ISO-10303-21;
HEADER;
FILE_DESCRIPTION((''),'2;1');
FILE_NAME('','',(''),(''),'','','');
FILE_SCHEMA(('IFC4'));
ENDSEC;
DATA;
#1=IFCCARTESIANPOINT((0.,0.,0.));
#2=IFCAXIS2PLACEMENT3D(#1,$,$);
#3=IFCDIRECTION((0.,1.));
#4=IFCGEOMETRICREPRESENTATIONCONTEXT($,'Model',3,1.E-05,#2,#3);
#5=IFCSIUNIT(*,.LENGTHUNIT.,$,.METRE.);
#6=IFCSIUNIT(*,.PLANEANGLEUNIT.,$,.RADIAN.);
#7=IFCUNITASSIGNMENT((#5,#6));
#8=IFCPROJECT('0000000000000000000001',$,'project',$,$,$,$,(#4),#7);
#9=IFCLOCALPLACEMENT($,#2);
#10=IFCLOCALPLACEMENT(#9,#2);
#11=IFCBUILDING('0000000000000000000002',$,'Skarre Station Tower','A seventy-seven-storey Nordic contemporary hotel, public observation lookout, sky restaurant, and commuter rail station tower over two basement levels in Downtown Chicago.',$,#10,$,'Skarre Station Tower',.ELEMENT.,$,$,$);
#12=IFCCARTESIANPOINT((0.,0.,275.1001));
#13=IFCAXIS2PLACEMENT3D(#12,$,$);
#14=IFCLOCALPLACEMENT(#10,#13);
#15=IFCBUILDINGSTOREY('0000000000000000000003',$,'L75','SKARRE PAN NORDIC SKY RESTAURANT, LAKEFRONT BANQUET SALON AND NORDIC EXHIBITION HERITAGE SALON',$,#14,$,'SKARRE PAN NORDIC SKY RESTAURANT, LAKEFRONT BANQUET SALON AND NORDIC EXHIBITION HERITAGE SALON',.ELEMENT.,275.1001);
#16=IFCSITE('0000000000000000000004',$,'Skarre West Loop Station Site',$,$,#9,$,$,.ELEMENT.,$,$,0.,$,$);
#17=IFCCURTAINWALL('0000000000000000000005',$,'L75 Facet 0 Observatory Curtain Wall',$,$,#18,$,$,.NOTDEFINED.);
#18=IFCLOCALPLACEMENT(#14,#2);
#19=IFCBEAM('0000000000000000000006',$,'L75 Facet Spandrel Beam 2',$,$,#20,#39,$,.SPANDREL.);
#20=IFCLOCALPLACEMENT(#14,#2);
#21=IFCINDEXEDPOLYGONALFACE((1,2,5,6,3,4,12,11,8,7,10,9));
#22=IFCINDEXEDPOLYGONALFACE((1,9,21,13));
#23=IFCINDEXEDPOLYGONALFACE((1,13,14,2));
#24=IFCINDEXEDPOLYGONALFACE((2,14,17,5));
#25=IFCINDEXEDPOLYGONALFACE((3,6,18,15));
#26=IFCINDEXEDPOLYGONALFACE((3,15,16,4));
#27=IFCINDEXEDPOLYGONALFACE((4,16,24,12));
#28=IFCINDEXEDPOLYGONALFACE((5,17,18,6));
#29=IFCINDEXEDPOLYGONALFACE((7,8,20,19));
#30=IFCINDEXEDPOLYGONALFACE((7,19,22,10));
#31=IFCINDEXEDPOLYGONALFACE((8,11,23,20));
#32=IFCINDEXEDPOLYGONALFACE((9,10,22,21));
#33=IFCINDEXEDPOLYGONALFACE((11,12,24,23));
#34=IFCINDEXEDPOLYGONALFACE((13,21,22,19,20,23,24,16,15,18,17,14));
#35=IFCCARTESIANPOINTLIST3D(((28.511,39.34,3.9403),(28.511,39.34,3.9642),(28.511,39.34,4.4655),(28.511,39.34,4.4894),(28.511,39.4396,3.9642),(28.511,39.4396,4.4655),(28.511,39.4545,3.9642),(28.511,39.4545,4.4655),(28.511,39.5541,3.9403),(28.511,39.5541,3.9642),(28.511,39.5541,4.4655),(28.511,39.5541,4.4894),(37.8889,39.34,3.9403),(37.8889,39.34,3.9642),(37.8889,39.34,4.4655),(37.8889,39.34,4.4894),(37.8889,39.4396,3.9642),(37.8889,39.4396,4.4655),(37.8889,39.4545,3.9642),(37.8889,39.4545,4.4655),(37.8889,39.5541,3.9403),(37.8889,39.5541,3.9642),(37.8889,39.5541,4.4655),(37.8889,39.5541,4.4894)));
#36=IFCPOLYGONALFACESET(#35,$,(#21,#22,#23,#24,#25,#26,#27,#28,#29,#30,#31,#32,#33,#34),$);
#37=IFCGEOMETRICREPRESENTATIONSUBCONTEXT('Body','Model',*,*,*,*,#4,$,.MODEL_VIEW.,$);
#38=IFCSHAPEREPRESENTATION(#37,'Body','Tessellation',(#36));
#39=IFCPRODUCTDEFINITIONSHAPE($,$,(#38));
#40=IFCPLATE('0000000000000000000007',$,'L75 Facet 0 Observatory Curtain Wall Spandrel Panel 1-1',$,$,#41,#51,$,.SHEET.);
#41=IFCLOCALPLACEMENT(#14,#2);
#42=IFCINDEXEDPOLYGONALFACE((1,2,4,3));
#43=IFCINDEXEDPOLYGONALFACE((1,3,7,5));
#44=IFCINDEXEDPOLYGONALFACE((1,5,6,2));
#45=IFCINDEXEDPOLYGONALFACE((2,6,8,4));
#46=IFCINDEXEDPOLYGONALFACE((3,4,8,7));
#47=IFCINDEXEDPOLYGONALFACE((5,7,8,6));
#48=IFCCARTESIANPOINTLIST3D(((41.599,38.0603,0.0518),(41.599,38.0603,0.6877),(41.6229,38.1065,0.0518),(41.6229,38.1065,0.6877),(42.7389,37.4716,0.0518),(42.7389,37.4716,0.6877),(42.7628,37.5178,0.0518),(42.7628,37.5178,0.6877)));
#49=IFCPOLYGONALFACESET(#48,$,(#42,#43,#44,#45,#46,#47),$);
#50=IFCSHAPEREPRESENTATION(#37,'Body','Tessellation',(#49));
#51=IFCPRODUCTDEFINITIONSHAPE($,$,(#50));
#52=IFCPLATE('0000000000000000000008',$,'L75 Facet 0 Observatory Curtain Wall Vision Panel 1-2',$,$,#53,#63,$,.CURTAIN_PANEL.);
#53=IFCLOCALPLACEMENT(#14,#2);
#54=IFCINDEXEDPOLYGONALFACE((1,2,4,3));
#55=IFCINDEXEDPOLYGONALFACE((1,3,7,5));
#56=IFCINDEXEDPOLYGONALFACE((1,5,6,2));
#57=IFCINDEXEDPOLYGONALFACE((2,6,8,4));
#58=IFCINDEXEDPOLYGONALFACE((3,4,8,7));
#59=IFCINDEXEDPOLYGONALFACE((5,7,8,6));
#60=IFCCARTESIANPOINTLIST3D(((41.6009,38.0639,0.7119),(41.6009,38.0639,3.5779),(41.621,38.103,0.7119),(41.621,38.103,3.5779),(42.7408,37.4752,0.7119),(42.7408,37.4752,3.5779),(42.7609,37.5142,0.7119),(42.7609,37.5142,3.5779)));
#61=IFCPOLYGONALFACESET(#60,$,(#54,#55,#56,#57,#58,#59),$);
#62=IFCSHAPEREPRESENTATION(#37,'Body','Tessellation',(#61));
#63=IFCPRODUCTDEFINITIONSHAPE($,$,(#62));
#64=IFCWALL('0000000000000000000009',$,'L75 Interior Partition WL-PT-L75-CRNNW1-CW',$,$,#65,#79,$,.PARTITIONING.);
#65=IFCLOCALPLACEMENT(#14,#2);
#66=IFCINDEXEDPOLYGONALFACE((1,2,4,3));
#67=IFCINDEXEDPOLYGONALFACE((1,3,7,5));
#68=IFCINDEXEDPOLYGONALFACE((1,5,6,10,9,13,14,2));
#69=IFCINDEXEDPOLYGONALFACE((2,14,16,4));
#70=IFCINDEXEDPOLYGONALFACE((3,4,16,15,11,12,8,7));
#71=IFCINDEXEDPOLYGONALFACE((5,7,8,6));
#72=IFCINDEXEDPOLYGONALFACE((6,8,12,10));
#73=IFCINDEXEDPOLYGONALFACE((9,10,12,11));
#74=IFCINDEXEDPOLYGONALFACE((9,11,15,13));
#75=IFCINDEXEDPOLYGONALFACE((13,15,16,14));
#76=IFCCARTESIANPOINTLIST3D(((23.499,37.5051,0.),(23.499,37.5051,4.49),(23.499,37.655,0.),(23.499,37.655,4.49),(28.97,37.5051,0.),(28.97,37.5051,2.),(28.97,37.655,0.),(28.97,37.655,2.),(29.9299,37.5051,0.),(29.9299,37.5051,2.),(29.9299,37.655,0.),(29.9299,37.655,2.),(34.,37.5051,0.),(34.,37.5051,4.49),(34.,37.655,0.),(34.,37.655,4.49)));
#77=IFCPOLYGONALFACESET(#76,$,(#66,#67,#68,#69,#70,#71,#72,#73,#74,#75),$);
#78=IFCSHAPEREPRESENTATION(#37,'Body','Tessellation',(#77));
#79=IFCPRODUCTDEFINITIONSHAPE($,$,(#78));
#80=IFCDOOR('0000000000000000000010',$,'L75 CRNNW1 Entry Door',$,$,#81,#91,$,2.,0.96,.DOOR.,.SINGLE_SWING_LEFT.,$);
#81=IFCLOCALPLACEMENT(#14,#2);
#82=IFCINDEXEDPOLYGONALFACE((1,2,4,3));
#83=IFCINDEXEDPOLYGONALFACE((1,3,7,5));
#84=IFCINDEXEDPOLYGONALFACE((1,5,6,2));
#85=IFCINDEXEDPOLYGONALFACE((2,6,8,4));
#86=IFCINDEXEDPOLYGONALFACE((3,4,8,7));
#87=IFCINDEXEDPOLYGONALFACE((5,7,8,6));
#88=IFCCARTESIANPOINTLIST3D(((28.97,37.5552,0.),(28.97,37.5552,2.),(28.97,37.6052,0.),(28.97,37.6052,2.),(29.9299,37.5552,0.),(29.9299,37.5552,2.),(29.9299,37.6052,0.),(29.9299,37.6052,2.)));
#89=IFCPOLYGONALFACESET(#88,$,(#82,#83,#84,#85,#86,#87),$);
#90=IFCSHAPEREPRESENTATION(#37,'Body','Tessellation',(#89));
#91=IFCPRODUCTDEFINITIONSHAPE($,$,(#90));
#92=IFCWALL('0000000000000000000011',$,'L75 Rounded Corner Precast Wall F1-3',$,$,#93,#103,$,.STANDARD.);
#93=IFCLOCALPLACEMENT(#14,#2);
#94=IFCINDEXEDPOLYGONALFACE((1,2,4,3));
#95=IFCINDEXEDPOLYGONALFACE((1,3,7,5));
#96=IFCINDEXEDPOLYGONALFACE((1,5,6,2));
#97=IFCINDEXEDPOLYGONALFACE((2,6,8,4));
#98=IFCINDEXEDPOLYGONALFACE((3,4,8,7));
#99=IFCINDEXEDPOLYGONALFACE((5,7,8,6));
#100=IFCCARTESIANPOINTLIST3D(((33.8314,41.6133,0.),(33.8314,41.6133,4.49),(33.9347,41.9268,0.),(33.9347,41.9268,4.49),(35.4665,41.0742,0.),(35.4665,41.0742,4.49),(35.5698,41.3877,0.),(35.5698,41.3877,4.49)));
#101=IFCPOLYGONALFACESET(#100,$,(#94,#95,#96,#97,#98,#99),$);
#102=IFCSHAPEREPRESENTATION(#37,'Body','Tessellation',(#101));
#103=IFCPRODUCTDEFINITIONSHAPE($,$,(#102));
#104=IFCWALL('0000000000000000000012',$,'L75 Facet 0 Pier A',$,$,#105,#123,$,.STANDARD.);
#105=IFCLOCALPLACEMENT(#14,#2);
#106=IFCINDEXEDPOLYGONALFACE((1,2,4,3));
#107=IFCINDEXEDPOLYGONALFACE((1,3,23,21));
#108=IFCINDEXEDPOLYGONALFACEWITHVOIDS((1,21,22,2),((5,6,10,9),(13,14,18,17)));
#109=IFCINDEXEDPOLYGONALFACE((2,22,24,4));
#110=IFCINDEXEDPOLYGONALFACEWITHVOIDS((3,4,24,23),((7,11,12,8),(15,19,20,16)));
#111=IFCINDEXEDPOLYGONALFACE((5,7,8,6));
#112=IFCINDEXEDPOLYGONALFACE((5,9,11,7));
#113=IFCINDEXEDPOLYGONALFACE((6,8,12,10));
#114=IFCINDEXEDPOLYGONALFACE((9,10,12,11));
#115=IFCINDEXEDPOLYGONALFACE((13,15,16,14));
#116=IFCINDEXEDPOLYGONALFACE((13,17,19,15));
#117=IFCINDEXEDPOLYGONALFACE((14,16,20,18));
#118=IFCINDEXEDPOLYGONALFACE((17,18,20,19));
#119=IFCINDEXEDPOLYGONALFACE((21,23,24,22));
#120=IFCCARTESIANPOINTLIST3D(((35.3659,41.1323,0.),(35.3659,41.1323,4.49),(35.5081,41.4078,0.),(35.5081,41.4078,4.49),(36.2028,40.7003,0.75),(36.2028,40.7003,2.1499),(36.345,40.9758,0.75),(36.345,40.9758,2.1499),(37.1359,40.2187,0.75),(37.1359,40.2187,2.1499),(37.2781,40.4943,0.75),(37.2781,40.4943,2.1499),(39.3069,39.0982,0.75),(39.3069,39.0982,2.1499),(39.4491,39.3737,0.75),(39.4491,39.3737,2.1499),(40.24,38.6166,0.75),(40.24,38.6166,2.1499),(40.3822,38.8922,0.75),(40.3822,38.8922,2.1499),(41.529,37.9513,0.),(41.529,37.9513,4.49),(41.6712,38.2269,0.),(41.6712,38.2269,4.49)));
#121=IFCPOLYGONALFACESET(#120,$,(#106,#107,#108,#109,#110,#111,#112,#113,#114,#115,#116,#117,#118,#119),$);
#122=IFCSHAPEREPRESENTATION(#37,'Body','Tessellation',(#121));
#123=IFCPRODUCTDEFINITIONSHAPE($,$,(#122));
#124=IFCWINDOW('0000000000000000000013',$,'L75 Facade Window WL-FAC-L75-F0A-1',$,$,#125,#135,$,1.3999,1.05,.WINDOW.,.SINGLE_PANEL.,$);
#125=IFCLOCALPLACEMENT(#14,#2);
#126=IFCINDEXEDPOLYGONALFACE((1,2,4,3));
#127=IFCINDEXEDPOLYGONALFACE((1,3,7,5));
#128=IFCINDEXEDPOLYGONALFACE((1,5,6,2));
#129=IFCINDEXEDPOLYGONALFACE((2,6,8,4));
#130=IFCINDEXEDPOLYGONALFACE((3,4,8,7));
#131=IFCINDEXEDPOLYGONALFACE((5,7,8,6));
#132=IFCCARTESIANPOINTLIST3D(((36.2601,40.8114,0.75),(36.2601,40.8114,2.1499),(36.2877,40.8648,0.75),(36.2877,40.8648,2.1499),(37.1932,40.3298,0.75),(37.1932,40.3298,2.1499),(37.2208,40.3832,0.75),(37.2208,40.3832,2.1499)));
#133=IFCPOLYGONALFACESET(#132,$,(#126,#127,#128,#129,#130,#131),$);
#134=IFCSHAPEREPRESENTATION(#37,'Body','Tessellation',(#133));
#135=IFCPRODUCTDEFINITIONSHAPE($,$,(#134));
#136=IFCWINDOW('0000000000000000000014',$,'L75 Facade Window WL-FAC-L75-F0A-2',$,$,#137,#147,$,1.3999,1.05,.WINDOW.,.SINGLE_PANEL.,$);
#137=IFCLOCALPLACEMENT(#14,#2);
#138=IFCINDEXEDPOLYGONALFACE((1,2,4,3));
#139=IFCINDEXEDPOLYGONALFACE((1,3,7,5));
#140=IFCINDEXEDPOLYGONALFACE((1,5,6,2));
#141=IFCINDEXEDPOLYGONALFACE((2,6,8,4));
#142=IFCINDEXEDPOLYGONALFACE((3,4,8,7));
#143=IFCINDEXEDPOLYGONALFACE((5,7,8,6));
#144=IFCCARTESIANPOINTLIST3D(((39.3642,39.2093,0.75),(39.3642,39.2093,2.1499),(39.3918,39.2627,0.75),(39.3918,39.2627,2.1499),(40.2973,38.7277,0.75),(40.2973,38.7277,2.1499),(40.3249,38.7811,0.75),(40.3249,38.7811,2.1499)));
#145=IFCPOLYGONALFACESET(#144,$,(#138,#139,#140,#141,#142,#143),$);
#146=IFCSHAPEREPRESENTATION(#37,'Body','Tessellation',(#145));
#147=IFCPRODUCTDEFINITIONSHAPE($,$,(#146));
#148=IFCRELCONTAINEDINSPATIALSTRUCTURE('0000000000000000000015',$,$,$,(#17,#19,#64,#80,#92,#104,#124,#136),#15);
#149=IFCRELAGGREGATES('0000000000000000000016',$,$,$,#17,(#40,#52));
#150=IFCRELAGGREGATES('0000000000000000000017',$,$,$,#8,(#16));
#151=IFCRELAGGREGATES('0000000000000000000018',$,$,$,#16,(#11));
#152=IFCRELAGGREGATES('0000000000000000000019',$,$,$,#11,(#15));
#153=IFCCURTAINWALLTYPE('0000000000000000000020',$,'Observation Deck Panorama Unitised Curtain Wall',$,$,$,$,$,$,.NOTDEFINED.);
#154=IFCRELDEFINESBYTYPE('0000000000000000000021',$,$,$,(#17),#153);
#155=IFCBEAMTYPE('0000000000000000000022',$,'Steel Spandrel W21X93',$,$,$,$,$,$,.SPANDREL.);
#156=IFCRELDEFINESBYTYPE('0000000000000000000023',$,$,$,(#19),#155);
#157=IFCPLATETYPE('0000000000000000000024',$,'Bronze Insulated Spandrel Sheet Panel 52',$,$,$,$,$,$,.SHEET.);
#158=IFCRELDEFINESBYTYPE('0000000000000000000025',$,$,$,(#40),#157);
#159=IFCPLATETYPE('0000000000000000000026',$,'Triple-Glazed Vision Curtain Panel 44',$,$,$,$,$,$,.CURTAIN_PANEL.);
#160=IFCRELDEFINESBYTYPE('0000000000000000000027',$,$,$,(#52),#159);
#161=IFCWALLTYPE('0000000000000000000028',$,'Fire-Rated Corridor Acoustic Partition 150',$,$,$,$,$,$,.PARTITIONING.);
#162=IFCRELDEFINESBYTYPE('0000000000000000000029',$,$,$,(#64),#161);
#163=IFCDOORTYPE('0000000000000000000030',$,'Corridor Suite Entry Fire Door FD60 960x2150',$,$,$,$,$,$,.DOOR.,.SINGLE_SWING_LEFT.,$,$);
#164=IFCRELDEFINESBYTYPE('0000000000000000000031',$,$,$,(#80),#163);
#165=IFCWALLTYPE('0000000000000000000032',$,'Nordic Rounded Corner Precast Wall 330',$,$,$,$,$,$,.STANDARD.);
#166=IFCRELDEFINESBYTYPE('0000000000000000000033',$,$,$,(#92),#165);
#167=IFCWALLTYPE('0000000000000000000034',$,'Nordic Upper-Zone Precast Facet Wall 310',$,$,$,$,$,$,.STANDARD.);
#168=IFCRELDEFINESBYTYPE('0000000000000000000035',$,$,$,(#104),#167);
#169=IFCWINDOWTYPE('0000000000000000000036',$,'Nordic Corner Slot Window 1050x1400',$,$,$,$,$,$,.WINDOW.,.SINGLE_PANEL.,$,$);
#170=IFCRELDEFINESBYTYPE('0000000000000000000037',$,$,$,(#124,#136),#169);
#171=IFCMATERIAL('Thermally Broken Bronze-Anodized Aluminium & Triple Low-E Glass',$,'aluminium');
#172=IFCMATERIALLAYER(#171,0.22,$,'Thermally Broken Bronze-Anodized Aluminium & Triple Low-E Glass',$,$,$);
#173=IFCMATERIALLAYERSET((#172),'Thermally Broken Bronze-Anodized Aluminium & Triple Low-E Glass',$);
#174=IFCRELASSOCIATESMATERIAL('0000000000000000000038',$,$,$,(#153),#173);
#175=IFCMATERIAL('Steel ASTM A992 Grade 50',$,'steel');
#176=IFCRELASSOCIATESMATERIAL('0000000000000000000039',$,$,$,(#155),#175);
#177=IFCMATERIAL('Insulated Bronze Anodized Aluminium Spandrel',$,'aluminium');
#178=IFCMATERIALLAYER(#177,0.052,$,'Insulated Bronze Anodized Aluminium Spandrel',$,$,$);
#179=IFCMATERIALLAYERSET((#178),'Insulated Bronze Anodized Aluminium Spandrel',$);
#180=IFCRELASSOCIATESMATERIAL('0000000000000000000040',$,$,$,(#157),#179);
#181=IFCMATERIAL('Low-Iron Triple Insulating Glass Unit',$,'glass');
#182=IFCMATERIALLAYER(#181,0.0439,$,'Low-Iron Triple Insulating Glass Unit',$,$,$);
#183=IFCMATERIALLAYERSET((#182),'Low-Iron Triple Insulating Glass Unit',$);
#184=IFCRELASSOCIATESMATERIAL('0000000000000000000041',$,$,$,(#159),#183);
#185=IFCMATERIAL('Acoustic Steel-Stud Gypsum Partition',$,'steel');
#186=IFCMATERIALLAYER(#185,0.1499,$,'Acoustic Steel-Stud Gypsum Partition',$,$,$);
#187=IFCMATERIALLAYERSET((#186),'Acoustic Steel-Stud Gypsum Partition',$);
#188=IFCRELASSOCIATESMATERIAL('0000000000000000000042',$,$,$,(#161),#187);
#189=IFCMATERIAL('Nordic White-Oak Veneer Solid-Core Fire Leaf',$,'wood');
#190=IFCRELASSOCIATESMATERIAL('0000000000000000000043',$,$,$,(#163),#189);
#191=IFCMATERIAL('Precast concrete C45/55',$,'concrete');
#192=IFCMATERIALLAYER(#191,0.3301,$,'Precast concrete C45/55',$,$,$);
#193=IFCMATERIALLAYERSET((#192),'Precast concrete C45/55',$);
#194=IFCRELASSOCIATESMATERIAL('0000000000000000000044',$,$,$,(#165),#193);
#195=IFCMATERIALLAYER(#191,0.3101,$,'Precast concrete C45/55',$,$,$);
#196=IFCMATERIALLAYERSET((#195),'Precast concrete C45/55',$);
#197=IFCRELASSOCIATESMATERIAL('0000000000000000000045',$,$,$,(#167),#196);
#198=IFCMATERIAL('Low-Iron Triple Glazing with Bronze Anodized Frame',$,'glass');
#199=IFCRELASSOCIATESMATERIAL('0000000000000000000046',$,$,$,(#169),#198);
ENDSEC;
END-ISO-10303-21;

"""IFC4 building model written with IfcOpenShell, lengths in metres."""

from ifc_helpers import new_model, si_unit, direction, frame, frame_2d, origin, origin_2d, place, context, subcontext, project, spatial, rectangle, i_section, extrude, material, layer, layer_set, material_profile, profile_set, type_object, element, fill, aggregate, save


model = new_model("IFC4")

# Units and contexts
model_context = context("Model", 3, precision=1e-05, world=origin(), true_north=direction((0.0, 1.0)))
body_context = subcontext(model_context, "Body", "Model", "MODEL_VIEW")
ifc_project = project(units=[si_unit("LENGTHUNIT", "METRE"), si_unit("PLANEANGLEUNIT", "RADIAN")], contexts=[model_context])

# Site, building, storey
site_placement = place(None, origin())
site = spatial("IfcSite", under=ifc_project, at=site_placement, Name="Skarre West Loop Station Site", CompositionType="ELEMENT", RefElevation=0.0)
building_placement = place(site_placement, origin())
building = spatial("IfcBuilding", under=site, at=building_placement, Name="Skarre Station Tower", Description="A seventy-seven-storey Nordic contemporary hotel, public observation lookout, sky restaurant, and commuter rail station tower over two basement levels in Downtown Chicago.", LongName="Skarre Station Tower", CompositionType="ELEMENT")
storey_placement = place(building_placement, frame((0.0, 0.0, 275.1001)))
storey = spatial("IfcBuildingStorey", under=building, at=storey_placement, Name="L75", Description="SKARRE PAN NORDIC SKY RESTAURANT, LAKEFRONT BANQUET SALON AND NORDIC EXHIBITION HERITAGE SALON", LongName="SKARRE PAN NORDIC SKY RESTAURANT, LAKEFRONT BANQUET SALON AND NORDIC EXHIBITION HERITAGE SALON", CompositionType="ELEMENT", Elevation=275.1001)

# Curtain wall
ifc_material_1 = material(Name="Thermally Broken Bronze-Anodized Aluminium & Triple Low-E Glass", Category="aluminium")
ifc_layer_1 = layer(ifc_material_1, 0.22, Name="Thermally Broken Bronze-Anodized Aluminium & Triple Low-E Glass")
ifc_layer_set_1 = layer_set([ifc_layer_1], Name="Thermally Broken Bronze-Anodized Aluminium & Triple Low-E Glass")
curtain_wall_type = type_object("IfcCurtainWallType", Name="Observation Deck Panorama Unitised Curtain Wall", PredefinedType="NOTDEFINED", material=ifc_layer_set_1)
curtain_wall_placement = place(storey_placement, origin())
curtain_wall = element("IfcCurtainWall", 1, at=curtain_wall_placement, inside=storey, type_object=curtain_wall_type, Name="L75 Facet 0 Observatory Curtain Wall", PredefinedType="NOTDEFINED")

# Beam
ifc_material_2 = material(Name="Steel ASTM A992 Grade 50", Category="steel")
ifc_material_profile_1 = material_profile(ifc_material_2, i_section(OverallWidth=0.2141, OverallDepth=0.5491, WebThickness=0.0149, FlangeThickness=0.0239, at=origin_2d()), Name="Steel ASTM A992 Grade 50")
ifc_profile_set_1 = profile_set([ifc_material_profile_1], Name="Steel ASTM A992 Grade 50")
beam_type_1 = type_object("IfcBeamType", Name="Steel Spandrel W21X93", PredefinedType="SPANDREL", material=ifc_profile_set_1)
beam_1_placement = place(storey_placement, frame((37.8889, 39.447, 4.2148), z_axis=(-1.0, 0.0, 0.0), x_axis=(0.0, -1.0, 0.0)))
element("IfcBeam", 2, at=beam_1_placement, inside=storey, type_object=beam_type_1, Name="L75 Facet Spandrel Beam 2", PredefinedType="SPANDREL", context=body_context, shape_type="SweptSolid", body=[
    extrude(i_section(OverallWidth=0.2141, OverallDepth=0.5491, WebThickness=0.0149, FlangeThickness=0.0239, at=origin_2d()), origin(), (0.0, 0.0, 1.0), 9.3779),
])

# Plates
ifc_material_3 = material(Name="Insulated Bronze Anodized Aluminium Spandrel", Category="aluminium")
ifc_layer_2 = layer(ifc_material_3, 0.052, Name="Insulated Bronze Anodized Aluminium Spandrel")
ifc_layer_set_2 = layer_set([ifc_layer_2], Name="Insulated Bronze Anodized Aluminium Spandrel")
plate_type_1 = type_object("IfcPlateType", Name="Bronze Insulated Spandrel Sheet Panel 52", PredefinedType="SHEET", material=ifc_layer_set_2)
plate_1_placement = place(storey_placement, frame((42.1809, 37.7891, 0.0518), z_axis=(0.0, 0.0, 1.0), x_axis=(0.888481, -0.458913, 0.0)))
plate_1 = element("IfcPlate", 3, at=plate_1_placement, type_object=plate_type_1, Name="L75 Facet 0 Observatory Curtain Wall Spandrel Panel 1-1", PredefinedType="SHEET", context=body_context, shape_type="SweptSolid", body=[
    extrude(rectangle(XDim=1.283, YDim=0.052, at=origin_2d()), origin(), (0.0, 0.0, 1.0), 0.636),
])
ifc_material_4 = material(Name="Low-Iron Triple Insulating Glass Unit", Category="glass")
ifc_layer_3 = layer(ifc_material_4, 0.0439, Name="Low-Iron Triple Insulating Glass Unit")
ifc_layer_set_3 = layer_set([ifc_layer_3], Name="Low-Iron Triple Insulating Glass Unit")
plate_type_2 = type_object("IfcPlateType", Name="Triple-Glazed Vision Curtain Panel 44", PredefinedType="CURTAIN_PANEL", material=ifc_layer_set_3)
plate_2_placement = place(storey_placement, frame((42.1809, 37.7891, 0.7119), z_axis=(0.0, 0.0, 1.0), x_axis=(0.888481, -0.458913, 0.0)))
plate_2 = element("IfcPlate", 4, at=plate_2_placement, type_object=plate_type_2, Name="L75 Facet 0 Observatory Curtain Wall Vision Panel 1-2", PredefinedType="CURTAIN_PANEL", context=body_context, shape_type="SweptSolid", body=[
    extrude(rectangle(XDim=1.283, YDim=0.0439, at=origin_2d()), origin(), (0.0, 0.0, 1.0), 2.866),
])
aggregate(curtain_wall, [plate_1, plate_2])

# Wall, opening, door
ifc_material_5 = material(Name="Acoustic Steel-Stud Gypsum Partition", Category="steel")
ifc_layer_4 = layer(ifc_material_5, 0.1499, Name="Acoustic Steel-Stud Gypsum Partition")
ifc_layer_set_4 = layer_set([ifc_layer_4], Name="Acoustic Steel-Stud Gypsum Partition")
wall_type_1 = type_object("IfcWallType", Name="Fire-Rated Corridor Acoustic Partition 150", PredefinedType="PARTITIONING", material=ifc_layer_set_4)
wall_1_placement = place(storey_placement, frame((34.0, 37.5801, 0.0), z_axis=(0.0, 0.0, 1.0), x_axis=(-1.0, 0.0, 0.0)))
wall_1 = element("IfcWall", 5, at=wall_1_placement, inside=storey, type_object=wall_type_1, Name="L75 Interior Partition WL-PT-L75-CRNNW1-CW", PredefinedType="PARTITIONING", context=body_context, shape_type="SweptSolid", body=[
    extrude(rectangle(XDim=10.501, YDim=0.1499, at=frame_2d((5.2505, 0.0))), origin(), (0.0, 0.0, 1.0), 4.49),
])
opening_1_placement = place(wall_1_placement, frame((4.0701, 0.0, 0.0)))
opening_1 = element("IfcOpeningElement", 6, at=opening_1_placement, cuts=wall_1, PredefinedType="OPENING", context=body_context, shape_type="SweptSolid", body=[
    extrude(rectangle(XDim=0.96, YDim=2.0, at=frame_2d((0.48, 1.0))), frame((0.0, 0.085, 0.0), z_axis=(0.0, -1.0, 0.0), x_axis=(1.0, 0.0, 0.0)), (0.0, 0.0, 1.0), 0.1699),
])
ifc_material_6 = material(Name="Nordic White-Oak Veneer Solid-Core Fire Leaf", Category="wood")
door_type_1 = type_object("IfcDoorType", Name="Corridor Suite Entry Fire Door FD60 960x2150", OperationType="SINGLE_SWING_LEFT", PredefinedType="DOOR", material=ifc_material_6)
door_1_placement = place(opening_1_placement, origin())
door_1 = element("IfcDoor", 7, at=door_1_placement, inside=storey, type_object=door_type_1, Name="L75 CRNNW1 Entry Door", OperationType="SINGLE_SWING_LEFT", OverallHeight=2.0, OverallWidth=0.96, PredefinedType="DOOR", context=body_context, shape_type="SweptSolid", body=[
    extrude(rectangle(XDim=0.96, YDim=2.0, at=frame_2d((0.48, 1.0))), frame((0.0, 0.0249, 0.0), z_axis=(0.0, -1.0, 0.0), x_axis=(1.0, 0.0, 0.0)), (0.0, 0.0, 1.0), 0.05),
])
fill(opening_1, door_1)

# Wall
ifc_material_7 = material(Name="Precast concrete C45/55", Category="concrete")
ifc_layer_5 = layer(ifc_material_7, 0.3301, Name="Precast concrete C45/55")
ifc_layer_set_5 = layer_set([ifc_layer_5], Name="Precast concrete C45/55")
wall_type_2 = type_object("IfcWallType", Name="Nordic Rounded Corner Precast Wall 330", PredefinedType="STANDARD", material=ifc_layer_set_5)
wall_2_placement = place(storey_placement, frame((33.8831, 41.77, 0.0), z_axis=(0.0, 0.0, 1.0), x_axis=(0.949713, -0.31312, 0.0)))
element("IfcWall", 8, at=wall_2_placement, inside=storey, type_object=wall_type_2, Name="L75 Rounded Corner Precast Wall F1-3", PredefinedType="STANDARD", context=body_context, shape_type="SweptSolid", body=[
    extrude(rectangle(XDim=1.7217, YDim=0.3301, at=frame_2d((0.8608, 0.0))), origin(), (0.0, 0.0, 1.0), 4.49),
])

# Wall, openings, windows
ifc_layer_6 = layer(ifc_material_7, 0.3101, Name="Precast concrete C45/55")
ifc_layer_set_6 = layer_set([ifc_layer_6], Name="Precast concrete C45/55")
wall_type_3 = type_object("IfcWallType", Name="Nordic Upper-Zone Precast Facet Wall 310", PredefinedType="STANDARD", material=ifc_layer_set_6)
wall_3_placement = place(storey_placement, frame((35.437, 41.27, 0.0), z_axis=(0.0, 0.0, 1.0), x_axis=(0.888623, -0.458638, 0.0)))
wall_3 = element("IfcWall", 9, at=wall_3_placement, inside=storey, type_object=wall_type_3, Name="L75 Facet 0 Pier A", PredefinedType="STANDARD", context=body_context, shape_type="SweptSolid", body=[
    extrude(rectangle(XDim=6.9355, YDim=0.3101, at=frame_2d((3.4678, 0.0))), origin(), (0.0, 0.0, 1.0), 4.49),
])
opening_2_placement = place(wall_3_placement, frame((0.9419, 0.0, 0.75)))
opening_2 = element("IfcOpeningElement", 10, at=opening_2_placement, cuts=wall_3, PredefinedType="OPENING", context=body_context, shape_type="SweptSolid", body=[
    extrude(rectangle(XDim=1.05, YDim=1.3999, at=frame_2d((0.5249, 0.7))), frame((0.0, 0.165, 0.0), z_axis=(0.0, -1.0, 0.0), x_axis=(1.0, 0.0, 0.0)), (0.0, 0.0, 1.0), 0.3301),
])
opening_3_placement = place(wall_3_placement, frame((4.4351, 0.0, 0.75)))
opening_3 = element("IfcOpeningElement", 11, at=opening_3_placement, cuts=wall_3, PredefinedType="OPENING", context=body_context, shape_type="SweptSolid", body=[
    extrude(rectangle(XDim=1.05, YDim=1.3999, at=frame_2d((0.5249, 0.7))), frame((0.0, 0.165, 0.0), z_axis=(0.0, -1.0, 0.0), x_axis=(1.0, 0.0, 0.0)), (0.0, 0.0, 1.0), 0.3301),
])
ifc_material_8 = material(Name="Low-Iron Triple Glazing with Bronze Anodized Frame", Category="glass")
window_type = type_object("IfcWindowType", Name="Nordic Corner Slot Window 1050x1400", PartitioningType="SINGLE_PANEL", PredefinedType="WINDOW", material=ifc_material_8)
window_1_placement = place(opening_2_placement, origin())
window_1 = element("IfcWindow", 12, at=window_1_placement, inside=storey, type_object=window_type, Name="L75 Facade Window WL-FAC-L75-F0A-1", OverallHeight=1.3999, OverallWidth=1.05, PartitioningType="SINGLE_PANEL", PredefinedType="WINDOW", context=body_context, shape_type="SweptSolid", body=[
    extrude(rectangle(XDim=1.05, YDim=1.3999, at=frame_2d((0.5249, 0.7))), frame((0.0, 0.03, 0.0), z_axis=(0.0, -1.0, 0.0), x_axis=(1.0, 0.0, 0.0)), (0.0, 0.0, 1.0), 0.0601),
])
fill(opening_2, window_1)
window_2_placement = place(opening_3_placement, origin())
window_2 = element("IfcWindow", 13, at=window_2_placement, inside=storey, type_object=window_type, Name="L75 Facade Window WL-FAC-L75-F0A-2", OverallHeight=1.3999, OverallWidth=1.05, PartitioningType="SINGLE_PANEL", PredefinedType="WINDOW", context=body_context, shape_type="SweptSolid", body=[
    extrude(rectangle(XDim=1.05, YDim=1.3999, at=frame_2d((0.5249, 0.7))), frame((0.0, 0.03, 0.0), z_axis=(0.0, -1.0, 0.0), x_axis=(1.0, 0.0, 0.0)), (0.0, 0.0, 1.0), 0.0601),
])
fill(opening_3, window_2)

save(model, "model.ifc")
